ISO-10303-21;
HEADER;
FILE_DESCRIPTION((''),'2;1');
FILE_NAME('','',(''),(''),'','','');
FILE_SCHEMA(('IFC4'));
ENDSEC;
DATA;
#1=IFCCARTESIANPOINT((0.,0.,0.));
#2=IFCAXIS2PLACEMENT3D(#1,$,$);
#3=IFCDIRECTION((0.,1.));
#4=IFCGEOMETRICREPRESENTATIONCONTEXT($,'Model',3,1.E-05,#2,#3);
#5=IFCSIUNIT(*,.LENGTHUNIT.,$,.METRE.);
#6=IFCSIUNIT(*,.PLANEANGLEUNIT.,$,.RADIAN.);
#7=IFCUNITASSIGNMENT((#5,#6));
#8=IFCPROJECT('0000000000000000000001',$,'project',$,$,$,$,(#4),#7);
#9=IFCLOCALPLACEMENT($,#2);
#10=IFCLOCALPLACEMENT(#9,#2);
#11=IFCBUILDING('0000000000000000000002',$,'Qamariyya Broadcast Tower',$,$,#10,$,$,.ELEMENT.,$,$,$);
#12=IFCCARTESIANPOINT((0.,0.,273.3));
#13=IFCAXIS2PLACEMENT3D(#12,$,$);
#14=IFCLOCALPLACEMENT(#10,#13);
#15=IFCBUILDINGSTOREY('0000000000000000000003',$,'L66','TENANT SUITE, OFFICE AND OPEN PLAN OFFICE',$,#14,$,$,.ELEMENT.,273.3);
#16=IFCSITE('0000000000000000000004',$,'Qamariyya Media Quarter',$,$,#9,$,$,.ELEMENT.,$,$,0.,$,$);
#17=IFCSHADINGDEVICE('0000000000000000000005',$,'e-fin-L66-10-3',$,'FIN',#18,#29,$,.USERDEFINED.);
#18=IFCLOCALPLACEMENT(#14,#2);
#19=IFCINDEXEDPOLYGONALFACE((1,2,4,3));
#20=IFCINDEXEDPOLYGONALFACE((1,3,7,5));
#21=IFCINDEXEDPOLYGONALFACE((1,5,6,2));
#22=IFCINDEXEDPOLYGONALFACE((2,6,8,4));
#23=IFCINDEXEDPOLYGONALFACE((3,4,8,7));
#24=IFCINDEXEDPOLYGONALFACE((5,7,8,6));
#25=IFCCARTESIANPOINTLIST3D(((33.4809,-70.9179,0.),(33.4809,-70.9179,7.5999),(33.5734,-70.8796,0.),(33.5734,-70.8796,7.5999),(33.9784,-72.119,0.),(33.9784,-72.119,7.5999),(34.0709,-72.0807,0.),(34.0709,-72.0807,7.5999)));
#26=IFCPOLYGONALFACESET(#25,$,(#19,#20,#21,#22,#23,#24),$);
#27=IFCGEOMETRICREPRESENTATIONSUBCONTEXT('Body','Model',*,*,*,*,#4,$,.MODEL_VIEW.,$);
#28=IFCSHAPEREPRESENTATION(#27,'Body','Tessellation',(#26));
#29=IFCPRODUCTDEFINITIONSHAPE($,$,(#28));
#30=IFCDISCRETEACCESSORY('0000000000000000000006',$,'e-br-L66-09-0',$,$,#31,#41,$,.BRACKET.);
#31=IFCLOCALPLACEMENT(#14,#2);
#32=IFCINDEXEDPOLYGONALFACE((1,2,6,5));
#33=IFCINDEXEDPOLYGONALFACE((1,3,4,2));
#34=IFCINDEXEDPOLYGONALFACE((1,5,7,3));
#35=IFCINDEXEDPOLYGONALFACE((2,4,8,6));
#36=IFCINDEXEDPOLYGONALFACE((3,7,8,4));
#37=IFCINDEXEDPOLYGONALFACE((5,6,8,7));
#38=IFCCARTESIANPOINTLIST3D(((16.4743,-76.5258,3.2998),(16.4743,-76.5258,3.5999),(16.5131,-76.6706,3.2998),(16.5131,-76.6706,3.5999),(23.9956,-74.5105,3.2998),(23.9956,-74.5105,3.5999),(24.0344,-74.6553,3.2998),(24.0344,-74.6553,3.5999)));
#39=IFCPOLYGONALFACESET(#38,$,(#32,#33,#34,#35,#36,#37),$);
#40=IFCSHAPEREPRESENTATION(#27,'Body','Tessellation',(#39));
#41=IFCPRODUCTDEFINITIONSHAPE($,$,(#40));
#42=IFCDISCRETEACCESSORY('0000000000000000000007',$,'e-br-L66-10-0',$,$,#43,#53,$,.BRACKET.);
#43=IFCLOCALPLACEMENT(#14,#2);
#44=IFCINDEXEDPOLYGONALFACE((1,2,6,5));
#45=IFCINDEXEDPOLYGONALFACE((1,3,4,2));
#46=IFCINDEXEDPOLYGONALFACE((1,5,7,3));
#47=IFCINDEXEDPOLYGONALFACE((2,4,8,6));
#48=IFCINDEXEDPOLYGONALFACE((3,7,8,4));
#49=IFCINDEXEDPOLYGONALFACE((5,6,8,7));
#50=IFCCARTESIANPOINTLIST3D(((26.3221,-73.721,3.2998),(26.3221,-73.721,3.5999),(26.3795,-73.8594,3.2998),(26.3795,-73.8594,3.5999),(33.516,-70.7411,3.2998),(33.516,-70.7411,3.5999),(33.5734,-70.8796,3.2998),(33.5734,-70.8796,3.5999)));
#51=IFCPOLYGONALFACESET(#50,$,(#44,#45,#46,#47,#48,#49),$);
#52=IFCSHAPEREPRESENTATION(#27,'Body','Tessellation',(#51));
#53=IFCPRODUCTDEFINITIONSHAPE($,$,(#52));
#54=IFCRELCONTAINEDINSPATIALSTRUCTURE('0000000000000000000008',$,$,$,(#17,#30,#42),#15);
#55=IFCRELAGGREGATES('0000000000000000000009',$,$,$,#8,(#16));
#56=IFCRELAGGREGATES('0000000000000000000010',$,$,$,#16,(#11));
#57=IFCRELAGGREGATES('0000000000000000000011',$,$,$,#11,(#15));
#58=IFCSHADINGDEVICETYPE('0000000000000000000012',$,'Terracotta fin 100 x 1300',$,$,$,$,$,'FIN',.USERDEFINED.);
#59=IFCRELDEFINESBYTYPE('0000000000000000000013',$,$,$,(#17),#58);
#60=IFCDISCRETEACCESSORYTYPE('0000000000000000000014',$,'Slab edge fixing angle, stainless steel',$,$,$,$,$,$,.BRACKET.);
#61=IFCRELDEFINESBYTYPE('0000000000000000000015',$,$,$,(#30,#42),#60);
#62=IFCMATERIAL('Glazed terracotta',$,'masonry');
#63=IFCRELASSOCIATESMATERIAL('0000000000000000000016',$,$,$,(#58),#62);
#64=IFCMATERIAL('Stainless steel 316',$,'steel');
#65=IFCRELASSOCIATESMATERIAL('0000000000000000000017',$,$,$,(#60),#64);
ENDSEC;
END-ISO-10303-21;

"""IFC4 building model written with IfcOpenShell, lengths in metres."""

from ifc_helpers import new_model, si_unit, direction, frame, origin, origin_2d, place, context, subcontext, project, spatial, rectangle, extrude, material, material_profile, profile_set, type_object, element, save


model = new_model("IFC4")

# Units and contexts
model_context = context("Model", 3, precision=1e-05, world=origin(), true_north=direction((0.0, 1.0)))
body_context = subcontext(model_context, "Body", "Model", "MODEL_VIEW")
ifc_project = project(units=[si_unit("LENGTHUNIT", "METRE"), si_unit("PLANEANGLEUNIT", "RADIAN")], contexts=[model_context])

# Site, building, storey
site_placement = place(None, origin())
site = spatial("IfcSite", under=ifc_project, at=site_placement, Name="Qamariyya Media Quarter", CompositionType="ELEMENT", RefElevation=0.0)
building_placement = place(site_placement, origin())
building = spatial("IfcBuilding", under=site, at=building_placement, Name="Qamariyya Broadcast Tower", CompositionType="ELEMENT")
storey_placement = place(building_placement, frame((0.0, 0.0, 273.3)))
storey = spatial("IfcBuildingStorey", under=building, at=storey_placement, Name="L66", Description="TENANT SUITE, OFFICE AND OPEN PLAN OFFICE", CompositionType="ELEMENT", Elevation=273.3)

# Shading device
ifc_material_1 = material(Name="Glazed terracotta", Category="masonry")
ifc_material_profile_1 = material_profile(ifc_material_1, rectangle(XDim=1.3, YDim=0.1001, at=origin_2d()))
ifc_profile_set_1 = profile_set([ifc_material_profile_1], Name="Glazed terracotta")
shading_device_type_1 = type_object("IfcShadingDeviceType", Name="Terracotta fin 100 x 1300", ElementType="FIN", PredefinedType="USERDEFINED", material=ifc_profile_set_1)
for number, where, z_axis, x_axis, name in (
    (1, (33.7759, -71.4993, 0.0), (0.0, 0.0, 1.0), (0.382683, -0.92388, 0.0), "e-fin-L66-10-3"),
):
    element("IfcShadingDevice", number, at=place(storey_placement, frame(where, z_axis=z_axis, x_axis=x_axis)), inside=storey, type_object=shading_device_type_1, Name=name, ObjectType="FIN", PredefinedType="USERDEFINED", context=body_context, shape_type="SweptSolid", body=[
        extrude(rectangle(XDim=1.3, YDim=0.1001, at=origin_2d()), origin(), (0.0, 0.0, 1.0), 7.5999),
    ])

# Discrete accessories
ifc_material_2 = material(Name="Stainless steel 316", Category="steel")
discrete_accessory_type = type_object("IfcDiscreteAccessoryType", Name="Slab edge fixing angle, stainless steel", PredefinedType="BRACKET", material=ifc_material_2)
for number, where, z_axis, x_axis, name in (
    (2, (20.2544, -75.5906, 3.2998), (0.0, 0.0, 1.0), (0.965926, 0.258819, 0.0), "e-br-L66-09-0"),
    (3, (29.9478, -72.3003, 3.2998), (0.0, 0.0, 1.0), (0.92388, 0.382683, 0.0), "e-br-L66-10-0"),
):
    element("IfcDiscreteAccessory", number, at=place(storey_placement, frame(where, z_axis=z_axis, x_axis=x_axis)), inside=storey, type_object=discrete_accessory_type, Name=name, PredefinedType="BRACKET", context=body_context, shape_type="SweptSolid", body=[
        extrude(rectangle(XDim=7.7866, YDim=0.1499, at=origin_2d()), origin(), (0.0, 0.0, 1.0), 0.3),
    ])

save(model, "model.ifc")
